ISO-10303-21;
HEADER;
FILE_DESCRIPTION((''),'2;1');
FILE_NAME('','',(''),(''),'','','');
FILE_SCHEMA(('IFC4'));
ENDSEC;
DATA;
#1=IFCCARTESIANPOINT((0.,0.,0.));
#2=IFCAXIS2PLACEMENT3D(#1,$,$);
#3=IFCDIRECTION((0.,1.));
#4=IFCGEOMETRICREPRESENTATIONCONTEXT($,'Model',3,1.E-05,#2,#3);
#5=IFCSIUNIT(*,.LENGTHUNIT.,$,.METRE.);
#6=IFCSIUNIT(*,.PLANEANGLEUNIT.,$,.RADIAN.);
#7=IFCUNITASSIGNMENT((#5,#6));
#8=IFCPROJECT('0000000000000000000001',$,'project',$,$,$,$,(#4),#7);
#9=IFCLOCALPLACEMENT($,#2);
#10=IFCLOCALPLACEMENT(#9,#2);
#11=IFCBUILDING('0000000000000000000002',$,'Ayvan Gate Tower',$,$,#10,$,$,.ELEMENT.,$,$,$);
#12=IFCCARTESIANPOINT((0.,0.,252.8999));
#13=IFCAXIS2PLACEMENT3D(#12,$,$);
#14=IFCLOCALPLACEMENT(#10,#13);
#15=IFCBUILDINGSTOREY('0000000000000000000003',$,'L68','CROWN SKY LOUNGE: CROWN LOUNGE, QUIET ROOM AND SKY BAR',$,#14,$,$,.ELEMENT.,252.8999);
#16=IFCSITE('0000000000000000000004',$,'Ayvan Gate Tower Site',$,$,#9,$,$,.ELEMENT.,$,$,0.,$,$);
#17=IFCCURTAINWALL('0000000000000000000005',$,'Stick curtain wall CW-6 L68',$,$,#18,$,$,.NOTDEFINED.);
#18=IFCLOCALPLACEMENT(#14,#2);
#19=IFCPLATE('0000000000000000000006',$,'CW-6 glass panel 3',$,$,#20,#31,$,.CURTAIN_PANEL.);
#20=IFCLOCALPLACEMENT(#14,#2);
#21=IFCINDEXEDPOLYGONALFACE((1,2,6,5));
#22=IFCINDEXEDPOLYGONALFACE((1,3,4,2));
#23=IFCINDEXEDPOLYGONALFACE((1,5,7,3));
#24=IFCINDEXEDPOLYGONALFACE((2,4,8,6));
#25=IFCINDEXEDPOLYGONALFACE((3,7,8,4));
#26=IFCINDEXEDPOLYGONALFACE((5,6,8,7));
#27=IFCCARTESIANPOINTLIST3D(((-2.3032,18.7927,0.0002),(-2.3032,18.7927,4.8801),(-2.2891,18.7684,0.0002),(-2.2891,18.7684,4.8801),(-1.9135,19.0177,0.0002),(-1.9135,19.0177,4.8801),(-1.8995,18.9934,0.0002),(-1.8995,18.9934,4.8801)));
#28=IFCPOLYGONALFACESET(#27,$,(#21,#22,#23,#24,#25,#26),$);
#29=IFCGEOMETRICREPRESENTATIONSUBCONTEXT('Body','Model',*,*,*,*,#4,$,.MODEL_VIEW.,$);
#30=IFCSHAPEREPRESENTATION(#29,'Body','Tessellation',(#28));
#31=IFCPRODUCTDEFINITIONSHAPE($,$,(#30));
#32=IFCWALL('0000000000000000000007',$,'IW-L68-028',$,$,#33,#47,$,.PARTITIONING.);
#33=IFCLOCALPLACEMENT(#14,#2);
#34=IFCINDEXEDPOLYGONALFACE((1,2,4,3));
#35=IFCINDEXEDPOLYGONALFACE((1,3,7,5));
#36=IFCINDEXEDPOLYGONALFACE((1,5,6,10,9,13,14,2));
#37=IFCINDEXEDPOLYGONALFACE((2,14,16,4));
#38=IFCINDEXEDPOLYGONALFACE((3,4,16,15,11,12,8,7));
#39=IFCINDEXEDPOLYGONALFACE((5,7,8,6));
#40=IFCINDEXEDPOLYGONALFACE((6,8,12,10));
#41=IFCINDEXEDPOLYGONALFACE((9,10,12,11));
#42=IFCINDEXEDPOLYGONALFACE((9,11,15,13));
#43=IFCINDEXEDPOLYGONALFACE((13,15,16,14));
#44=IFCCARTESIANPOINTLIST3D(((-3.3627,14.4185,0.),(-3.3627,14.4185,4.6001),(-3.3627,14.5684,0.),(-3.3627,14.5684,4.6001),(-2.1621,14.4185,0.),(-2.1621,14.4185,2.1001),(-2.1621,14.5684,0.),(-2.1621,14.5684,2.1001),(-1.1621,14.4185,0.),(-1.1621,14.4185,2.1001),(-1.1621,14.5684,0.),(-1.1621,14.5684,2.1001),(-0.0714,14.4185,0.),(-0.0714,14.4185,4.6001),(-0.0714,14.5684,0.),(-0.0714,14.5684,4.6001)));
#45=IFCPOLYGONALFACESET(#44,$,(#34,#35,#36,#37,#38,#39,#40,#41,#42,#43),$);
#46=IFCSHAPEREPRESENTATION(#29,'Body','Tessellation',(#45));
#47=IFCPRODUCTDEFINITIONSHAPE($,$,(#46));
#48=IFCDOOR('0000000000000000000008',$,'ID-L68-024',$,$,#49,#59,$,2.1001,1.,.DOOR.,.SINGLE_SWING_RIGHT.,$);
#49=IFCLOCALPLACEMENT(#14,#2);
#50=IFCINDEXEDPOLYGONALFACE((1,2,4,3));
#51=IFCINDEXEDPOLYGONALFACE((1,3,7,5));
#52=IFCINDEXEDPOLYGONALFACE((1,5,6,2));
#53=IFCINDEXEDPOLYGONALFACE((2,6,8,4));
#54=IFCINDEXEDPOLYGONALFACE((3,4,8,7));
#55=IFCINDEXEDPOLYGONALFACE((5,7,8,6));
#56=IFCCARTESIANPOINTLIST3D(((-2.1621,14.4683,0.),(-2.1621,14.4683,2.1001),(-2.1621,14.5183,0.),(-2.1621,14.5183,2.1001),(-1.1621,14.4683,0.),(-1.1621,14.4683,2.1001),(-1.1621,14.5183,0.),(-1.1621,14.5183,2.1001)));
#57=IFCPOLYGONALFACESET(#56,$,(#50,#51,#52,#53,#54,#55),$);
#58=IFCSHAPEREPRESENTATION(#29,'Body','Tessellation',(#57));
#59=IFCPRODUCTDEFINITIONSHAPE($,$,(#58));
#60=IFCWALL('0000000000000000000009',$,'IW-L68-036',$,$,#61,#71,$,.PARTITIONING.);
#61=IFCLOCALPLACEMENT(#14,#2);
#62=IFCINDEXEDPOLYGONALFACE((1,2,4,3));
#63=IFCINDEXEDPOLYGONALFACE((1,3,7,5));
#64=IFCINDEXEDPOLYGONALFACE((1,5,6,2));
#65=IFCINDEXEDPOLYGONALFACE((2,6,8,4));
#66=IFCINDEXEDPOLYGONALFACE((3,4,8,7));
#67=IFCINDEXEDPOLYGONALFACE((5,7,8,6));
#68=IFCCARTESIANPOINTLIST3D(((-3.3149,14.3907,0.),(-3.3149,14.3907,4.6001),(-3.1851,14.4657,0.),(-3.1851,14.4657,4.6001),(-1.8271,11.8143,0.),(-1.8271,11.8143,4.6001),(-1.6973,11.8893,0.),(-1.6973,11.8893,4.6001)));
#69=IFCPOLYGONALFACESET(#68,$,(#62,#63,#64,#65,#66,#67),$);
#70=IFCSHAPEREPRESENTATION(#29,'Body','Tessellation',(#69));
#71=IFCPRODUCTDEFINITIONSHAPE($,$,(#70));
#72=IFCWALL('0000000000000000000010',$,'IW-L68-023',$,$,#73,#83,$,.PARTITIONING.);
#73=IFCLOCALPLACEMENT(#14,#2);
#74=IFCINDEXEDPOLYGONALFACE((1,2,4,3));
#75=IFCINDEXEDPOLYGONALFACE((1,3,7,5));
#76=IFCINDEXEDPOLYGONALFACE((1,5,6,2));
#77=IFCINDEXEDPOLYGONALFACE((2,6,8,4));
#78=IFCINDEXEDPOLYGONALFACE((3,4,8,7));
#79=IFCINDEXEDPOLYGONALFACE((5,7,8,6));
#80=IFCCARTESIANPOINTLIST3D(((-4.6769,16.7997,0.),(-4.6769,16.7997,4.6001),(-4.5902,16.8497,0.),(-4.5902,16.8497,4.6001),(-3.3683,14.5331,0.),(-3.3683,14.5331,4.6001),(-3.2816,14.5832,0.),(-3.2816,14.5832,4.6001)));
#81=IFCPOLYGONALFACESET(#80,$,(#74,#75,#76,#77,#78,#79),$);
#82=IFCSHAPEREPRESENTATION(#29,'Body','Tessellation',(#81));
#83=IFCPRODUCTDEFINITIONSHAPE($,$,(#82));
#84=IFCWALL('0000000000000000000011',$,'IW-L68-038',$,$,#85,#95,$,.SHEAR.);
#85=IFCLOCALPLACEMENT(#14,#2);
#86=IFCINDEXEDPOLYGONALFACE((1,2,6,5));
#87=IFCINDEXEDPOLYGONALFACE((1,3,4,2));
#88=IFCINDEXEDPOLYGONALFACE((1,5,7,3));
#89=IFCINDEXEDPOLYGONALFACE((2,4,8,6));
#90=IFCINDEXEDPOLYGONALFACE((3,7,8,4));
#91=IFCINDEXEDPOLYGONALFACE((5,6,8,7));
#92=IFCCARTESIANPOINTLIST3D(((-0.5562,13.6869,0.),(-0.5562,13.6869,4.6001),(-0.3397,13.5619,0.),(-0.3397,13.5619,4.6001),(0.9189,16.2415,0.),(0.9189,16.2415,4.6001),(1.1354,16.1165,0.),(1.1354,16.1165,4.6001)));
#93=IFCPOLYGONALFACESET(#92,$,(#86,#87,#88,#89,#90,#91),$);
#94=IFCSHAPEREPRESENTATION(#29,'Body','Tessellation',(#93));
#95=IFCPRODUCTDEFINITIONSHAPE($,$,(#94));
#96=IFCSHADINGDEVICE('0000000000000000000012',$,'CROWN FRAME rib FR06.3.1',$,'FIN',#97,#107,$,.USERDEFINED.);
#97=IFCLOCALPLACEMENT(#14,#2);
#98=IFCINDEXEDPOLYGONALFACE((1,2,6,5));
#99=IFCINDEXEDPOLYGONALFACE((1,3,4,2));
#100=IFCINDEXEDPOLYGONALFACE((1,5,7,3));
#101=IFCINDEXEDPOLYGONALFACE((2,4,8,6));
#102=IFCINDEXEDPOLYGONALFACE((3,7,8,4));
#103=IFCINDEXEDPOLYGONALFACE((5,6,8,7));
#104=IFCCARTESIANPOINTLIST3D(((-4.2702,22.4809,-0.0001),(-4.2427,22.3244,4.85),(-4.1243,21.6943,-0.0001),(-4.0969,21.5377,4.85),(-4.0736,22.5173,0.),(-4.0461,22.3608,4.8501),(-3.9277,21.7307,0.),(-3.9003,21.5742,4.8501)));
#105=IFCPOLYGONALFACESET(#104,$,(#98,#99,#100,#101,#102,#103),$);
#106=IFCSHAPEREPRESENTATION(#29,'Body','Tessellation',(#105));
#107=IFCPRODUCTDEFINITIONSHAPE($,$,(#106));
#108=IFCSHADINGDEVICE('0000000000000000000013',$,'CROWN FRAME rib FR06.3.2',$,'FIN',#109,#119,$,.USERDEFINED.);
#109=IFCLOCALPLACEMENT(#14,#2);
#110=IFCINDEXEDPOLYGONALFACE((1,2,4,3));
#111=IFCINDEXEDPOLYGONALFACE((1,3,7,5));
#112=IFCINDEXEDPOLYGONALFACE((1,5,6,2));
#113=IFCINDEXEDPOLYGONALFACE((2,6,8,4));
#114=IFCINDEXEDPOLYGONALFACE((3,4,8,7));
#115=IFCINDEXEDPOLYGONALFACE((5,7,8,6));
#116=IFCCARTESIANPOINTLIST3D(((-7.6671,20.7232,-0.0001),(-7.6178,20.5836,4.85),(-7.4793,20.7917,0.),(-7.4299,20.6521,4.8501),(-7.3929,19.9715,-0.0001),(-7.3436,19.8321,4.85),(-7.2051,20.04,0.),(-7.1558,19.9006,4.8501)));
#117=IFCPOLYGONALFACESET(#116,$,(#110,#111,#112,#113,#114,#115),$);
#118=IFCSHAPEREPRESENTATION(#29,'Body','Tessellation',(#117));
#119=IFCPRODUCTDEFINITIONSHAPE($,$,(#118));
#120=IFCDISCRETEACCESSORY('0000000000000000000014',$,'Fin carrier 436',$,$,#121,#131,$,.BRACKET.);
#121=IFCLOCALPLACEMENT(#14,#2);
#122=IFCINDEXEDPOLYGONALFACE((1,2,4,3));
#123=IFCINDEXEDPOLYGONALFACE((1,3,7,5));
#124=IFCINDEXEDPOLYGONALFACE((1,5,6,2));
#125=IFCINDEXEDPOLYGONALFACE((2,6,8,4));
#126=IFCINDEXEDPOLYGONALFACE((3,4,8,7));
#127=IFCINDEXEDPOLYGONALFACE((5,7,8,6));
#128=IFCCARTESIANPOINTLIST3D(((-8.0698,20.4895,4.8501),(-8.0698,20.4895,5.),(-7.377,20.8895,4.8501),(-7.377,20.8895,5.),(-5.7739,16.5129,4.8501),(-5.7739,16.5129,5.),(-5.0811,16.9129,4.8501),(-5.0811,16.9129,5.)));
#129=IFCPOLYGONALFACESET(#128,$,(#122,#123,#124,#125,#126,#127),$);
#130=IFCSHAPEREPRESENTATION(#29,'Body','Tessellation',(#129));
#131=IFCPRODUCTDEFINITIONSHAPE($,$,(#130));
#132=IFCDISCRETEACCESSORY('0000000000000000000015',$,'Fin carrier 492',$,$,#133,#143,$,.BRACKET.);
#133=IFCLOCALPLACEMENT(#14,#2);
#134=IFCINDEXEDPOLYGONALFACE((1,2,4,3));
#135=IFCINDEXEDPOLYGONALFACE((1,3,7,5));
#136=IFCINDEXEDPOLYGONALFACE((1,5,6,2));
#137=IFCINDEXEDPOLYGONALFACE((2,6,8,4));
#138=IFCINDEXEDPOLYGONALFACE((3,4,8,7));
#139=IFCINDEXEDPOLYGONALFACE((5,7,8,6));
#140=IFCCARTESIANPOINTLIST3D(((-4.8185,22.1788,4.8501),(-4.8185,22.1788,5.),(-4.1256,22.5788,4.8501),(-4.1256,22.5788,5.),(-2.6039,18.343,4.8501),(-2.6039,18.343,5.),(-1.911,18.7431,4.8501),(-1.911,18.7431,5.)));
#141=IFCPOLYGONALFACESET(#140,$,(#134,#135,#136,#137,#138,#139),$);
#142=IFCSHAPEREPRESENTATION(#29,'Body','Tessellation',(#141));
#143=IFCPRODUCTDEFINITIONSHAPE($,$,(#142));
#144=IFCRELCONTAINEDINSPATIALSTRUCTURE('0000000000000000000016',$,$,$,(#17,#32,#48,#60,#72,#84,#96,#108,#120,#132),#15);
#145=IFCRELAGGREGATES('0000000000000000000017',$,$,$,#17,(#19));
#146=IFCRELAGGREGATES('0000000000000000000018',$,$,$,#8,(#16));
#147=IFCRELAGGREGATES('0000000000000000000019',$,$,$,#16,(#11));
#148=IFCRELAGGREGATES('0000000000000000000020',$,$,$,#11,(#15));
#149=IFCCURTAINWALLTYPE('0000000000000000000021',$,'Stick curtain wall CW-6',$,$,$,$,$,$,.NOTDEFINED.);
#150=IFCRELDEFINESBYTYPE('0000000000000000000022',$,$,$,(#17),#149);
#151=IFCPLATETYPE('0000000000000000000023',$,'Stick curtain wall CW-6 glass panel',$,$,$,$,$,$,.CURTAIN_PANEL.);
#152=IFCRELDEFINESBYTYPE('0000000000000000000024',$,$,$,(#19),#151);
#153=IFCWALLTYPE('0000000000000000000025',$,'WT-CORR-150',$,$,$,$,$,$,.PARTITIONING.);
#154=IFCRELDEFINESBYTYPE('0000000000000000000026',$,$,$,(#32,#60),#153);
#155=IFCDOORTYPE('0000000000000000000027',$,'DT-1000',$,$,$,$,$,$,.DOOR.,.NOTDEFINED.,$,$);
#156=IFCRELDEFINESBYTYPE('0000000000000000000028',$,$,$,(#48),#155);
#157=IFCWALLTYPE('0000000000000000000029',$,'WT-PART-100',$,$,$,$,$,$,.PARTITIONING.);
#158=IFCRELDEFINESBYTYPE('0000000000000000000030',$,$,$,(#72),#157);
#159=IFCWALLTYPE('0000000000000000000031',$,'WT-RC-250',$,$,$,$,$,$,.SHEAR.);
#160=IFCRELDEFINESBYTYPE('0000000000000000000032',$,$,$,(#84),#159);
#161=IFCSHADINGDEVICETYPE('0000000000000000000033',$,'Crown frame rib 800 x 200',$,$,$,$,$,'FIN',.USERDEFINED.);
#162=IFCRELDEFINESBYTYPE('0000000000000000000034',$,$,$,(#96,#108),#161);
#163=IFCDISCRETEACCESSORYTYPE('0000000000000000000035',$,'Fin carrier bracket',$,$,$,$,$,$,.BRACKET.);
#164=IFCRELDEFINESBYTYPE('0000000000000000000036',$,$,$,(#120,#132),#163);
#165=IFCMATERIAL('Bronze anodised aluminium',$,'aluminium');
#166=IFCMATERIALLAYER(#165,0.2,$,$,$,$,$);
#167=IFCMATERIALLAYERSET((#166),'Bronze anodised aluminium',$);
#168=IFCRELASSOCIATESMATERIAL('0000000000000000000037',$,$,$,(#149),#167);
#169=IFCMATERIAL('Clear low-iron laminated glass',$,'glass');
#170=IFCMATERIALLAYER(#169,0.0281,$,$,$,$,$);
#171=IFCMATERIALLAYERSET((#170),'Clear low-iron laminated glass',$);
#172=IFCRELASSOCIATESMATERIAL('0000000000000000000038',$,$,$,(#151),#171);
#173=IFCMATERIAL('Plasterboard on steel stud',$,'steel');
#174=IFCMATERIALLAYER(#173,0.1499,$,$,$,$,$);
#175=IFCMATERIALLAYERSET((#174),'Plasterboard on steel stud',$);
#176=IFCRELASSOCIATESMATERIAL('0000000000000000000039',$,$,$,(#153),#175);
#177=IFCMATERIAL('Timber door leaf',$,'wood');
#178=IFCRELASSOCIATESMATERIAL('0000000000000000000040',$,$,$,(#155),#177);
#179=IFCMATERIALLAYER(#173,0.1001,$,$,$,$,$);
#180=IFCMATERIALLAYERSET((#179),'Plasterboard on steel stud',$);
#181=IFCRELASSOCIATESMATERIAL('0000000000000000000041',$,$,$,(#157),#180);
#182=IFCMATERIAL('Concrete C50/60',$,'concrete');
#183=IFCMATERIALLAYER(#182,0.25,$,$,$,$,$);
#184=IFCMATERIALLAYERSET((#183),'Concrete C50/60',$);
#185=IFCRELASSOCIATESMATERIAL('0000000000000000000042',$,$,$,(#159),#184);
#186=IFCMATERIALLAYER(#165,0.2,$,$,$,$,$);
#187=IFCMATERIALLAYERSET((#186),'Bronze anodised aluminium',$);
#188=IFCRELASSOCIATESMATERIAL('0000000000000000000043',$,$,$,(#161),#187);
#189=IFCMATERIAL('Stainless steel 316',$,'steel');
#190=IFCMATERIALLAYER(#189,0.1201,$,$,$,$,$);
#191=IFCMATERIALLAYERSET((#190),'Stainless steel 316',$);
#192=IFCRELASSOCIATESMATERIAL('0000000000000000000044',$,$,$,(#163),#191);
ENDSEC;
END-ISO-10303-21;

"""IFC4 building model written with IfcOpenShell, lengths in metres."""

from ifc_helpers import new_model, si_unit, direction, frame, frame_2d, origin, origin_2d, place, context, subcontext, project, spatial, polyline, rectangle, outline, extrude, material, layer, layer_set, type_object, element, fill, aggregate, save


model = new_model("IFC4")

# Units and contexts
model_context = context("Model", 3, precision=1e-05, world=origin(), true_north=direction((0.0, 1.0)))
body_context = subcontext(model_context, "Body", "Model", "MODEL_VIEW")
ifc_project = project(units=[si_unit("LENGTHUNIT", "METRE"), si_unit("PLANEANGLEUNIT", "RADIAN")], contexts=[model_context])

# Site, building, storey
site_placement = place(None, origin())
site = spatial("IfcSite", under=ifc_project, at=site_placement, Name="Ayvan Gate Tower Site", CompositionType="ELEMENT", RefElevation=0.0)
building_placement = place(site_placement, origin())
building = spatial("IfcBuilding", under=site, at=building_placement, Name="Ayvan Gate Tower", CompositionType="ELEMENT")
storey_placement = place(building_placement, frame((0.0, 0.0, 252.8999)))
storey = spatial("IfcBuildingStorey", under=building, at=storey_placement, Name="L68", Description="CROWN SKY LOUNGE: CROWN LOUNGE, QUIET ROOM AND SKY BAR", CompositionType="ELEMENT", Elevation=252.8999)

# Shared definitions
ifc_material_1 = material(Name="Concrete C50/60", Category="concrete")

# Curtain wall
ifc_material_2 = material(Name="Bronze anodised aluminium", Category="aluminium")
ifc_layer_1 = layer(ifc_material_2, 0.2)
ifc_layer_set_1 = layer_set([ifc_layer_1], Name="Bronze anodised aluminium")
curtain_wall_type_1 = type_object("IfcCurtainWallType", Name="Stick curtain wall CW-6", PredefinedType="NOTDEFINED", material=ifc_layer_set_1)
curtain_wall_1_placement = place(storey_placement, origin())
curtain_wall_1 = element("IfcCurtainWall", 1, at=curtain_wall_1_placement, inside=storey, type_object=curtain_wall_type_1, Name="Stick curtain wall CW-6 L68", PredefinedType="NOTDEFINED")

# Plate
ifc_material_3 = material(Name="Clear low-iron laminated glass", Category="glass")
ifc_layer_2 = layer(ifc_material_3, 0.0281)
ifc_layer_set_2 = layer_set([ifc_layer_2], Name="Clear low-iron laminated glass")
plate_type_1 = type_object("IfcPlateType", Name="Stick curtain wall CW-6 glass panel", PredefinedType="CURTAIN_PANEL", material=ifc_layer_set_2)
plate_1_placement = place(storey_placement, frame((-2.1013, 18.8931, 0.0002), z_axis=(0.0, 0.0, 1.0), x_axis=(-0.866025, -0.5, 0.0)))
plate_1 = element("IfcPlate", 2, at=plate_1_placement, type_object=plate_type_1, Name="CW-6 glass panel 3", PredefinedType="CURTAIN_PANEL", context=body_context, shape_type="SweptSolid", body=[
    extrude(rectangle(XDim=0.45, YDim=0.0281, at=origin_2d()), origin(), (0.0, 0.0, 1.0), 4.8799),
])
aggregate(curtain_wall_1, [plate_1])

# Wall, opening, door
ifc_material_4 = material(Name="Plasterboard on steel stud", Category="steel")
ifc_layer_3 = layer(ifc_material_4, 0.1499)
ifc_layer_set_3 = layer_set([ifc_layer_3], Name="Plasterboard on steel stud")
wall_type_1 = type_object("IfcWallType", Name="WT-CORR-150", PredefinedType="PARTITIONING", material=ifc_layer_set_3)
wall_1_placement = place(storey_placement, frame((-3.3625, 14.4934, 0.0), z_axis=(0.0, 0.0, 1.0), x_axis=(1.0, 0.0, 0.0)))
wall_1 = element("IfcWall", 3, at=wall_1_placement, inside=storey, type_object=wall_type_1, Name="IW-L68-028", PredefinedType="PARTITIONING", context=body_context, shape_type="SweptSolid", body=[
    extrude(rectangle(XDim=3.2913, YDim=0.1499, at=frame_2d((1.6455, 0.0))), origin(), (0.0, 0.0, 1.0), 4.6001),
])
opening_placement = place(wall_1_placement, frame((1.2004, 0.0, 0.0)))
opening = element("IfcOpeningElement", 4, at=opening_placement, cuts=wall_1, PredefinedType="OPENING", context=body_context, shape_type="SweptSolid", body=[
    extrude(rectangle(XDim=1.0, YDim=2.1001, at=frame_2d((0.5, 1.05))), frame((0.0, 0.085, 0.0), z_axis=(0.0, -1.0, 0.0), x_axis=(1.0, 0.0, 0.0)), (0.0, 0.0, 1.0), 0.1699),
])
ifc_material_5 = material(Name="Timber door leaf", Category="wood")
door_type = type_object("IfcDoorType", Name="DT-1000", OperationType="NOTDEFINED", PredefinedType="DOOR", material=ifc_material_5)
door_placement = place(opening_placement, origin())
door = element("IfcDoor", 5, at=door_placement, inside=storey, type_object=door_type, Name="ID-L68-024", OperationType="SINGLE_SWING_RIGHT", OverallHeight=2.1001, OverallWidth=1.0, PredefinedType="DOOR", context=body_context, shape_type="SweptSolid", body=[
    extrude(rectangle(XDim=1.0, YDim=2.1001, at=frame_2d((0.5, 1.05))), frame((0.0, 0.0249, 0.0), z_axis=(0.0, -1.0, 0.0), x_axis=(1.0, 0.0, 0.0)), (0.0, 0.0, 1.0), 0.05),
])
fill(opening, door)

# Walls
wall_2_placement = place(storey_placement, frame((-1.7622, 11.8518, 0.0), z_axis=(0.0, 0.0, 1.0), x_axis=(-0.500075, 0.865982, 0.0)))
element("IfcWall", 6, at=wall_2_placement, inside=storey, type_object=wall_type_1, Name="IW-L68-036", PredefinedType="PARTITIONING", context=body_context, shape_type="SweptSolid", body=[
    extrude(rectangle(XDim=2.9751, YDim=0.1499, at=frame_2d((1.4875, 0.0))), origin(), (0.0, 0.0, 1.0), 4.6001),
])
ifc_layer_4 = layer(ifc_material_4, 0.1001)
ifc_layer_set_4 = layer_set([ifc_layer_4], Name="Plasterboard on steel stud")
wall_type_2 = type_object("IfcWallType", Name="WT-PART-100", PredefinedType="PARTITIONING", material=ifc_layer_set_4)
wall_3_placement = place(storey_placement, frame((-4.6335, 16.8247, 0.0), z_axis=(0.0, 0.0, 1.0), x_axis=(0.499992, -0.86603, 0.0)))
element("IfcWall", 7, at=wall_3_placement, inside=storey, type_object=wall_type_2, Name="IW-L68-023", PredefinedType="PARTITIONING", context=body_context, shape_type="SweptSolid", body=[
    extrude(rectangle(XDim=2.6172, YDim=0.1001, at=frame_2d((1.3086, 0.0))), origin(), (0.0, 0.0, 1.0), 4.6001),
])
ifc_layer_5 = layer(ifc_material_1, 0.25)
ifc_layer_set_5 = layer_set([ifc_layer_5], Name="Concrete C50/60")
wall_type_3 = type_object("IfcWallType", Name="WT-RC-250", PredefinedType="SHEAR", material=ifc_layer_set_5)
wall_4_placement = place(storey_placement, frame((-0.448, 13.6243, 0.0), z_axis=(0.0, 0.0, 1.0), x_axis=(0.500038, 0.866004, 0.0)))
element("IfcWall", 8, at=wall_4_placement, inside=storey, type_object=wall_type_3, Name="IW-L68-038", PredefinedType="SHEAR", context=body_context, shape_type="SweptSolid", body=[
    extrude(rectangle(XDim=2.95, YDim=0.25, at=frame_2d((1.4751, 0.0))), origin(), (0.0, 0.0, 1.0), 4.6001),
])

# Shading devices
ifc_layer_6 = layer(ifc_material_2, 0.2)
ifc_layer_set_6 = layer_set([ifc_layer_6], Name="Bronze anodised aluminium")
shading_device_type = type_object("IfcShadingDeviceType", Name="Crown frame rib 800 x 200", ElementType="FIN", PredefinedType="USERDEFINED", material=ifc_layer_set_6)
shading_device_1_placement = place(storey_placement, frame((-3.9277, 21.7307, 0.0), z_axis=(0.983236, 0.182335, 0.000315), x_axis=(-0.182335, 0.983236, 0.0)))
element("IfcShadingDevice", 9, at=shading_device_1_placement, inside=storey, type_object=shading_device_type, Name="CROWN FRAME rib FR06.3.1", ObjectType="FIN", PredefinedType="USERDEFINED", context=body_context, shape_type="SweptSolid", body=[
    extrude(outline(polyline([(0.0, 0.0), (0.8, 0.0), (0.6412, 4.8501), (-0.1589, 4.8501), (0.0, 0.0)])), origin(), (0.0, 0.0, -1.0), 0.2),
])
shading_device_2_placement = place(storey_placement, frame((-7.2051, 20.04, 0.0), z_axis=(0.939445, 0.342698, 0.000306), x_axis=(-0.342698, 0.939445, 0.0)))
element("IfcShadingDevice", 10, at=shading_device_2_placement, inside=storey, type_object=shading_device_type, Name="CROWN FRAME rib FR06.3.2", ObjectType="FIN", PredefinedType="USERDEFINED", context=body_context, shape_type="SweptSolid", body=[
    extrude(outline(polyline([(0.0, 0.0), (0.8001, 0.0), (0.6521, 4.8501), (-0.1479, 4.8501), (0.0, 0.0)])), origin(), (0.0, 0.0, -1.0), 0.2),
])

# Discrete accessories
ifc_material_6 = material(Name="Stainless steel 316", Category="steel")
ifc_layer_7 = layer(ifc_material_6, 0.1201)
ifc_layer_set_7 = layer_set([ifc_layer_7], Name="Stainless steel 316")
discrete_accessory_type = type_object("IfcDiscreteAccessoryType", Name="Fin carrier bracket", PredefinedType="BRACKET", material=ifc_layer_set_7)
discrete_accessory_1_placement = place(storey_placement, frame((-6.5754, 18.7012, 4.8501), z_axis=(0.0, 0.0, 1.0), x_axis=(-0.866025, -0.5, 0.0)))
element("IfcDiscreteAccessory", 11, at=discrete_accessory_1_placement, inside=storey, type_object=discrete_accessory_type, Name="Fin carrier 436", PredefinedType="BRACKET", context=body_context, shape_type="SweptSolid", body=[
    extrude(rectangle(XDim=0.8, YDim=4.5918, at=origin_2d()), origin(), (0.0, 0.0, 1.0), 0.1499),
])
discrete_accessory_2_placement = place(storey_placement, frame((-3.3647, 20.4609, 4.8501), z_axis=(0.0, 0.0, 1.0), x_axis=(-0.866025, -0.5, 0.0)))
element("IfcDiscreteAccessory", 12, at=discrete_accessory_2_placement, inside=storey, type_object=discrete_accessory_type, Name="Fin carrier 492", PredefinedType="BRACKET", context=body_context, shape_type="SweptSolid", body=[
    extrude(rectangle(XDim=0.8, YDim=4.4292, at=origin_2d()), origin(), (0.0, 0.0, 1.0), 0.1499),
])

save(model, "model.ifc")
